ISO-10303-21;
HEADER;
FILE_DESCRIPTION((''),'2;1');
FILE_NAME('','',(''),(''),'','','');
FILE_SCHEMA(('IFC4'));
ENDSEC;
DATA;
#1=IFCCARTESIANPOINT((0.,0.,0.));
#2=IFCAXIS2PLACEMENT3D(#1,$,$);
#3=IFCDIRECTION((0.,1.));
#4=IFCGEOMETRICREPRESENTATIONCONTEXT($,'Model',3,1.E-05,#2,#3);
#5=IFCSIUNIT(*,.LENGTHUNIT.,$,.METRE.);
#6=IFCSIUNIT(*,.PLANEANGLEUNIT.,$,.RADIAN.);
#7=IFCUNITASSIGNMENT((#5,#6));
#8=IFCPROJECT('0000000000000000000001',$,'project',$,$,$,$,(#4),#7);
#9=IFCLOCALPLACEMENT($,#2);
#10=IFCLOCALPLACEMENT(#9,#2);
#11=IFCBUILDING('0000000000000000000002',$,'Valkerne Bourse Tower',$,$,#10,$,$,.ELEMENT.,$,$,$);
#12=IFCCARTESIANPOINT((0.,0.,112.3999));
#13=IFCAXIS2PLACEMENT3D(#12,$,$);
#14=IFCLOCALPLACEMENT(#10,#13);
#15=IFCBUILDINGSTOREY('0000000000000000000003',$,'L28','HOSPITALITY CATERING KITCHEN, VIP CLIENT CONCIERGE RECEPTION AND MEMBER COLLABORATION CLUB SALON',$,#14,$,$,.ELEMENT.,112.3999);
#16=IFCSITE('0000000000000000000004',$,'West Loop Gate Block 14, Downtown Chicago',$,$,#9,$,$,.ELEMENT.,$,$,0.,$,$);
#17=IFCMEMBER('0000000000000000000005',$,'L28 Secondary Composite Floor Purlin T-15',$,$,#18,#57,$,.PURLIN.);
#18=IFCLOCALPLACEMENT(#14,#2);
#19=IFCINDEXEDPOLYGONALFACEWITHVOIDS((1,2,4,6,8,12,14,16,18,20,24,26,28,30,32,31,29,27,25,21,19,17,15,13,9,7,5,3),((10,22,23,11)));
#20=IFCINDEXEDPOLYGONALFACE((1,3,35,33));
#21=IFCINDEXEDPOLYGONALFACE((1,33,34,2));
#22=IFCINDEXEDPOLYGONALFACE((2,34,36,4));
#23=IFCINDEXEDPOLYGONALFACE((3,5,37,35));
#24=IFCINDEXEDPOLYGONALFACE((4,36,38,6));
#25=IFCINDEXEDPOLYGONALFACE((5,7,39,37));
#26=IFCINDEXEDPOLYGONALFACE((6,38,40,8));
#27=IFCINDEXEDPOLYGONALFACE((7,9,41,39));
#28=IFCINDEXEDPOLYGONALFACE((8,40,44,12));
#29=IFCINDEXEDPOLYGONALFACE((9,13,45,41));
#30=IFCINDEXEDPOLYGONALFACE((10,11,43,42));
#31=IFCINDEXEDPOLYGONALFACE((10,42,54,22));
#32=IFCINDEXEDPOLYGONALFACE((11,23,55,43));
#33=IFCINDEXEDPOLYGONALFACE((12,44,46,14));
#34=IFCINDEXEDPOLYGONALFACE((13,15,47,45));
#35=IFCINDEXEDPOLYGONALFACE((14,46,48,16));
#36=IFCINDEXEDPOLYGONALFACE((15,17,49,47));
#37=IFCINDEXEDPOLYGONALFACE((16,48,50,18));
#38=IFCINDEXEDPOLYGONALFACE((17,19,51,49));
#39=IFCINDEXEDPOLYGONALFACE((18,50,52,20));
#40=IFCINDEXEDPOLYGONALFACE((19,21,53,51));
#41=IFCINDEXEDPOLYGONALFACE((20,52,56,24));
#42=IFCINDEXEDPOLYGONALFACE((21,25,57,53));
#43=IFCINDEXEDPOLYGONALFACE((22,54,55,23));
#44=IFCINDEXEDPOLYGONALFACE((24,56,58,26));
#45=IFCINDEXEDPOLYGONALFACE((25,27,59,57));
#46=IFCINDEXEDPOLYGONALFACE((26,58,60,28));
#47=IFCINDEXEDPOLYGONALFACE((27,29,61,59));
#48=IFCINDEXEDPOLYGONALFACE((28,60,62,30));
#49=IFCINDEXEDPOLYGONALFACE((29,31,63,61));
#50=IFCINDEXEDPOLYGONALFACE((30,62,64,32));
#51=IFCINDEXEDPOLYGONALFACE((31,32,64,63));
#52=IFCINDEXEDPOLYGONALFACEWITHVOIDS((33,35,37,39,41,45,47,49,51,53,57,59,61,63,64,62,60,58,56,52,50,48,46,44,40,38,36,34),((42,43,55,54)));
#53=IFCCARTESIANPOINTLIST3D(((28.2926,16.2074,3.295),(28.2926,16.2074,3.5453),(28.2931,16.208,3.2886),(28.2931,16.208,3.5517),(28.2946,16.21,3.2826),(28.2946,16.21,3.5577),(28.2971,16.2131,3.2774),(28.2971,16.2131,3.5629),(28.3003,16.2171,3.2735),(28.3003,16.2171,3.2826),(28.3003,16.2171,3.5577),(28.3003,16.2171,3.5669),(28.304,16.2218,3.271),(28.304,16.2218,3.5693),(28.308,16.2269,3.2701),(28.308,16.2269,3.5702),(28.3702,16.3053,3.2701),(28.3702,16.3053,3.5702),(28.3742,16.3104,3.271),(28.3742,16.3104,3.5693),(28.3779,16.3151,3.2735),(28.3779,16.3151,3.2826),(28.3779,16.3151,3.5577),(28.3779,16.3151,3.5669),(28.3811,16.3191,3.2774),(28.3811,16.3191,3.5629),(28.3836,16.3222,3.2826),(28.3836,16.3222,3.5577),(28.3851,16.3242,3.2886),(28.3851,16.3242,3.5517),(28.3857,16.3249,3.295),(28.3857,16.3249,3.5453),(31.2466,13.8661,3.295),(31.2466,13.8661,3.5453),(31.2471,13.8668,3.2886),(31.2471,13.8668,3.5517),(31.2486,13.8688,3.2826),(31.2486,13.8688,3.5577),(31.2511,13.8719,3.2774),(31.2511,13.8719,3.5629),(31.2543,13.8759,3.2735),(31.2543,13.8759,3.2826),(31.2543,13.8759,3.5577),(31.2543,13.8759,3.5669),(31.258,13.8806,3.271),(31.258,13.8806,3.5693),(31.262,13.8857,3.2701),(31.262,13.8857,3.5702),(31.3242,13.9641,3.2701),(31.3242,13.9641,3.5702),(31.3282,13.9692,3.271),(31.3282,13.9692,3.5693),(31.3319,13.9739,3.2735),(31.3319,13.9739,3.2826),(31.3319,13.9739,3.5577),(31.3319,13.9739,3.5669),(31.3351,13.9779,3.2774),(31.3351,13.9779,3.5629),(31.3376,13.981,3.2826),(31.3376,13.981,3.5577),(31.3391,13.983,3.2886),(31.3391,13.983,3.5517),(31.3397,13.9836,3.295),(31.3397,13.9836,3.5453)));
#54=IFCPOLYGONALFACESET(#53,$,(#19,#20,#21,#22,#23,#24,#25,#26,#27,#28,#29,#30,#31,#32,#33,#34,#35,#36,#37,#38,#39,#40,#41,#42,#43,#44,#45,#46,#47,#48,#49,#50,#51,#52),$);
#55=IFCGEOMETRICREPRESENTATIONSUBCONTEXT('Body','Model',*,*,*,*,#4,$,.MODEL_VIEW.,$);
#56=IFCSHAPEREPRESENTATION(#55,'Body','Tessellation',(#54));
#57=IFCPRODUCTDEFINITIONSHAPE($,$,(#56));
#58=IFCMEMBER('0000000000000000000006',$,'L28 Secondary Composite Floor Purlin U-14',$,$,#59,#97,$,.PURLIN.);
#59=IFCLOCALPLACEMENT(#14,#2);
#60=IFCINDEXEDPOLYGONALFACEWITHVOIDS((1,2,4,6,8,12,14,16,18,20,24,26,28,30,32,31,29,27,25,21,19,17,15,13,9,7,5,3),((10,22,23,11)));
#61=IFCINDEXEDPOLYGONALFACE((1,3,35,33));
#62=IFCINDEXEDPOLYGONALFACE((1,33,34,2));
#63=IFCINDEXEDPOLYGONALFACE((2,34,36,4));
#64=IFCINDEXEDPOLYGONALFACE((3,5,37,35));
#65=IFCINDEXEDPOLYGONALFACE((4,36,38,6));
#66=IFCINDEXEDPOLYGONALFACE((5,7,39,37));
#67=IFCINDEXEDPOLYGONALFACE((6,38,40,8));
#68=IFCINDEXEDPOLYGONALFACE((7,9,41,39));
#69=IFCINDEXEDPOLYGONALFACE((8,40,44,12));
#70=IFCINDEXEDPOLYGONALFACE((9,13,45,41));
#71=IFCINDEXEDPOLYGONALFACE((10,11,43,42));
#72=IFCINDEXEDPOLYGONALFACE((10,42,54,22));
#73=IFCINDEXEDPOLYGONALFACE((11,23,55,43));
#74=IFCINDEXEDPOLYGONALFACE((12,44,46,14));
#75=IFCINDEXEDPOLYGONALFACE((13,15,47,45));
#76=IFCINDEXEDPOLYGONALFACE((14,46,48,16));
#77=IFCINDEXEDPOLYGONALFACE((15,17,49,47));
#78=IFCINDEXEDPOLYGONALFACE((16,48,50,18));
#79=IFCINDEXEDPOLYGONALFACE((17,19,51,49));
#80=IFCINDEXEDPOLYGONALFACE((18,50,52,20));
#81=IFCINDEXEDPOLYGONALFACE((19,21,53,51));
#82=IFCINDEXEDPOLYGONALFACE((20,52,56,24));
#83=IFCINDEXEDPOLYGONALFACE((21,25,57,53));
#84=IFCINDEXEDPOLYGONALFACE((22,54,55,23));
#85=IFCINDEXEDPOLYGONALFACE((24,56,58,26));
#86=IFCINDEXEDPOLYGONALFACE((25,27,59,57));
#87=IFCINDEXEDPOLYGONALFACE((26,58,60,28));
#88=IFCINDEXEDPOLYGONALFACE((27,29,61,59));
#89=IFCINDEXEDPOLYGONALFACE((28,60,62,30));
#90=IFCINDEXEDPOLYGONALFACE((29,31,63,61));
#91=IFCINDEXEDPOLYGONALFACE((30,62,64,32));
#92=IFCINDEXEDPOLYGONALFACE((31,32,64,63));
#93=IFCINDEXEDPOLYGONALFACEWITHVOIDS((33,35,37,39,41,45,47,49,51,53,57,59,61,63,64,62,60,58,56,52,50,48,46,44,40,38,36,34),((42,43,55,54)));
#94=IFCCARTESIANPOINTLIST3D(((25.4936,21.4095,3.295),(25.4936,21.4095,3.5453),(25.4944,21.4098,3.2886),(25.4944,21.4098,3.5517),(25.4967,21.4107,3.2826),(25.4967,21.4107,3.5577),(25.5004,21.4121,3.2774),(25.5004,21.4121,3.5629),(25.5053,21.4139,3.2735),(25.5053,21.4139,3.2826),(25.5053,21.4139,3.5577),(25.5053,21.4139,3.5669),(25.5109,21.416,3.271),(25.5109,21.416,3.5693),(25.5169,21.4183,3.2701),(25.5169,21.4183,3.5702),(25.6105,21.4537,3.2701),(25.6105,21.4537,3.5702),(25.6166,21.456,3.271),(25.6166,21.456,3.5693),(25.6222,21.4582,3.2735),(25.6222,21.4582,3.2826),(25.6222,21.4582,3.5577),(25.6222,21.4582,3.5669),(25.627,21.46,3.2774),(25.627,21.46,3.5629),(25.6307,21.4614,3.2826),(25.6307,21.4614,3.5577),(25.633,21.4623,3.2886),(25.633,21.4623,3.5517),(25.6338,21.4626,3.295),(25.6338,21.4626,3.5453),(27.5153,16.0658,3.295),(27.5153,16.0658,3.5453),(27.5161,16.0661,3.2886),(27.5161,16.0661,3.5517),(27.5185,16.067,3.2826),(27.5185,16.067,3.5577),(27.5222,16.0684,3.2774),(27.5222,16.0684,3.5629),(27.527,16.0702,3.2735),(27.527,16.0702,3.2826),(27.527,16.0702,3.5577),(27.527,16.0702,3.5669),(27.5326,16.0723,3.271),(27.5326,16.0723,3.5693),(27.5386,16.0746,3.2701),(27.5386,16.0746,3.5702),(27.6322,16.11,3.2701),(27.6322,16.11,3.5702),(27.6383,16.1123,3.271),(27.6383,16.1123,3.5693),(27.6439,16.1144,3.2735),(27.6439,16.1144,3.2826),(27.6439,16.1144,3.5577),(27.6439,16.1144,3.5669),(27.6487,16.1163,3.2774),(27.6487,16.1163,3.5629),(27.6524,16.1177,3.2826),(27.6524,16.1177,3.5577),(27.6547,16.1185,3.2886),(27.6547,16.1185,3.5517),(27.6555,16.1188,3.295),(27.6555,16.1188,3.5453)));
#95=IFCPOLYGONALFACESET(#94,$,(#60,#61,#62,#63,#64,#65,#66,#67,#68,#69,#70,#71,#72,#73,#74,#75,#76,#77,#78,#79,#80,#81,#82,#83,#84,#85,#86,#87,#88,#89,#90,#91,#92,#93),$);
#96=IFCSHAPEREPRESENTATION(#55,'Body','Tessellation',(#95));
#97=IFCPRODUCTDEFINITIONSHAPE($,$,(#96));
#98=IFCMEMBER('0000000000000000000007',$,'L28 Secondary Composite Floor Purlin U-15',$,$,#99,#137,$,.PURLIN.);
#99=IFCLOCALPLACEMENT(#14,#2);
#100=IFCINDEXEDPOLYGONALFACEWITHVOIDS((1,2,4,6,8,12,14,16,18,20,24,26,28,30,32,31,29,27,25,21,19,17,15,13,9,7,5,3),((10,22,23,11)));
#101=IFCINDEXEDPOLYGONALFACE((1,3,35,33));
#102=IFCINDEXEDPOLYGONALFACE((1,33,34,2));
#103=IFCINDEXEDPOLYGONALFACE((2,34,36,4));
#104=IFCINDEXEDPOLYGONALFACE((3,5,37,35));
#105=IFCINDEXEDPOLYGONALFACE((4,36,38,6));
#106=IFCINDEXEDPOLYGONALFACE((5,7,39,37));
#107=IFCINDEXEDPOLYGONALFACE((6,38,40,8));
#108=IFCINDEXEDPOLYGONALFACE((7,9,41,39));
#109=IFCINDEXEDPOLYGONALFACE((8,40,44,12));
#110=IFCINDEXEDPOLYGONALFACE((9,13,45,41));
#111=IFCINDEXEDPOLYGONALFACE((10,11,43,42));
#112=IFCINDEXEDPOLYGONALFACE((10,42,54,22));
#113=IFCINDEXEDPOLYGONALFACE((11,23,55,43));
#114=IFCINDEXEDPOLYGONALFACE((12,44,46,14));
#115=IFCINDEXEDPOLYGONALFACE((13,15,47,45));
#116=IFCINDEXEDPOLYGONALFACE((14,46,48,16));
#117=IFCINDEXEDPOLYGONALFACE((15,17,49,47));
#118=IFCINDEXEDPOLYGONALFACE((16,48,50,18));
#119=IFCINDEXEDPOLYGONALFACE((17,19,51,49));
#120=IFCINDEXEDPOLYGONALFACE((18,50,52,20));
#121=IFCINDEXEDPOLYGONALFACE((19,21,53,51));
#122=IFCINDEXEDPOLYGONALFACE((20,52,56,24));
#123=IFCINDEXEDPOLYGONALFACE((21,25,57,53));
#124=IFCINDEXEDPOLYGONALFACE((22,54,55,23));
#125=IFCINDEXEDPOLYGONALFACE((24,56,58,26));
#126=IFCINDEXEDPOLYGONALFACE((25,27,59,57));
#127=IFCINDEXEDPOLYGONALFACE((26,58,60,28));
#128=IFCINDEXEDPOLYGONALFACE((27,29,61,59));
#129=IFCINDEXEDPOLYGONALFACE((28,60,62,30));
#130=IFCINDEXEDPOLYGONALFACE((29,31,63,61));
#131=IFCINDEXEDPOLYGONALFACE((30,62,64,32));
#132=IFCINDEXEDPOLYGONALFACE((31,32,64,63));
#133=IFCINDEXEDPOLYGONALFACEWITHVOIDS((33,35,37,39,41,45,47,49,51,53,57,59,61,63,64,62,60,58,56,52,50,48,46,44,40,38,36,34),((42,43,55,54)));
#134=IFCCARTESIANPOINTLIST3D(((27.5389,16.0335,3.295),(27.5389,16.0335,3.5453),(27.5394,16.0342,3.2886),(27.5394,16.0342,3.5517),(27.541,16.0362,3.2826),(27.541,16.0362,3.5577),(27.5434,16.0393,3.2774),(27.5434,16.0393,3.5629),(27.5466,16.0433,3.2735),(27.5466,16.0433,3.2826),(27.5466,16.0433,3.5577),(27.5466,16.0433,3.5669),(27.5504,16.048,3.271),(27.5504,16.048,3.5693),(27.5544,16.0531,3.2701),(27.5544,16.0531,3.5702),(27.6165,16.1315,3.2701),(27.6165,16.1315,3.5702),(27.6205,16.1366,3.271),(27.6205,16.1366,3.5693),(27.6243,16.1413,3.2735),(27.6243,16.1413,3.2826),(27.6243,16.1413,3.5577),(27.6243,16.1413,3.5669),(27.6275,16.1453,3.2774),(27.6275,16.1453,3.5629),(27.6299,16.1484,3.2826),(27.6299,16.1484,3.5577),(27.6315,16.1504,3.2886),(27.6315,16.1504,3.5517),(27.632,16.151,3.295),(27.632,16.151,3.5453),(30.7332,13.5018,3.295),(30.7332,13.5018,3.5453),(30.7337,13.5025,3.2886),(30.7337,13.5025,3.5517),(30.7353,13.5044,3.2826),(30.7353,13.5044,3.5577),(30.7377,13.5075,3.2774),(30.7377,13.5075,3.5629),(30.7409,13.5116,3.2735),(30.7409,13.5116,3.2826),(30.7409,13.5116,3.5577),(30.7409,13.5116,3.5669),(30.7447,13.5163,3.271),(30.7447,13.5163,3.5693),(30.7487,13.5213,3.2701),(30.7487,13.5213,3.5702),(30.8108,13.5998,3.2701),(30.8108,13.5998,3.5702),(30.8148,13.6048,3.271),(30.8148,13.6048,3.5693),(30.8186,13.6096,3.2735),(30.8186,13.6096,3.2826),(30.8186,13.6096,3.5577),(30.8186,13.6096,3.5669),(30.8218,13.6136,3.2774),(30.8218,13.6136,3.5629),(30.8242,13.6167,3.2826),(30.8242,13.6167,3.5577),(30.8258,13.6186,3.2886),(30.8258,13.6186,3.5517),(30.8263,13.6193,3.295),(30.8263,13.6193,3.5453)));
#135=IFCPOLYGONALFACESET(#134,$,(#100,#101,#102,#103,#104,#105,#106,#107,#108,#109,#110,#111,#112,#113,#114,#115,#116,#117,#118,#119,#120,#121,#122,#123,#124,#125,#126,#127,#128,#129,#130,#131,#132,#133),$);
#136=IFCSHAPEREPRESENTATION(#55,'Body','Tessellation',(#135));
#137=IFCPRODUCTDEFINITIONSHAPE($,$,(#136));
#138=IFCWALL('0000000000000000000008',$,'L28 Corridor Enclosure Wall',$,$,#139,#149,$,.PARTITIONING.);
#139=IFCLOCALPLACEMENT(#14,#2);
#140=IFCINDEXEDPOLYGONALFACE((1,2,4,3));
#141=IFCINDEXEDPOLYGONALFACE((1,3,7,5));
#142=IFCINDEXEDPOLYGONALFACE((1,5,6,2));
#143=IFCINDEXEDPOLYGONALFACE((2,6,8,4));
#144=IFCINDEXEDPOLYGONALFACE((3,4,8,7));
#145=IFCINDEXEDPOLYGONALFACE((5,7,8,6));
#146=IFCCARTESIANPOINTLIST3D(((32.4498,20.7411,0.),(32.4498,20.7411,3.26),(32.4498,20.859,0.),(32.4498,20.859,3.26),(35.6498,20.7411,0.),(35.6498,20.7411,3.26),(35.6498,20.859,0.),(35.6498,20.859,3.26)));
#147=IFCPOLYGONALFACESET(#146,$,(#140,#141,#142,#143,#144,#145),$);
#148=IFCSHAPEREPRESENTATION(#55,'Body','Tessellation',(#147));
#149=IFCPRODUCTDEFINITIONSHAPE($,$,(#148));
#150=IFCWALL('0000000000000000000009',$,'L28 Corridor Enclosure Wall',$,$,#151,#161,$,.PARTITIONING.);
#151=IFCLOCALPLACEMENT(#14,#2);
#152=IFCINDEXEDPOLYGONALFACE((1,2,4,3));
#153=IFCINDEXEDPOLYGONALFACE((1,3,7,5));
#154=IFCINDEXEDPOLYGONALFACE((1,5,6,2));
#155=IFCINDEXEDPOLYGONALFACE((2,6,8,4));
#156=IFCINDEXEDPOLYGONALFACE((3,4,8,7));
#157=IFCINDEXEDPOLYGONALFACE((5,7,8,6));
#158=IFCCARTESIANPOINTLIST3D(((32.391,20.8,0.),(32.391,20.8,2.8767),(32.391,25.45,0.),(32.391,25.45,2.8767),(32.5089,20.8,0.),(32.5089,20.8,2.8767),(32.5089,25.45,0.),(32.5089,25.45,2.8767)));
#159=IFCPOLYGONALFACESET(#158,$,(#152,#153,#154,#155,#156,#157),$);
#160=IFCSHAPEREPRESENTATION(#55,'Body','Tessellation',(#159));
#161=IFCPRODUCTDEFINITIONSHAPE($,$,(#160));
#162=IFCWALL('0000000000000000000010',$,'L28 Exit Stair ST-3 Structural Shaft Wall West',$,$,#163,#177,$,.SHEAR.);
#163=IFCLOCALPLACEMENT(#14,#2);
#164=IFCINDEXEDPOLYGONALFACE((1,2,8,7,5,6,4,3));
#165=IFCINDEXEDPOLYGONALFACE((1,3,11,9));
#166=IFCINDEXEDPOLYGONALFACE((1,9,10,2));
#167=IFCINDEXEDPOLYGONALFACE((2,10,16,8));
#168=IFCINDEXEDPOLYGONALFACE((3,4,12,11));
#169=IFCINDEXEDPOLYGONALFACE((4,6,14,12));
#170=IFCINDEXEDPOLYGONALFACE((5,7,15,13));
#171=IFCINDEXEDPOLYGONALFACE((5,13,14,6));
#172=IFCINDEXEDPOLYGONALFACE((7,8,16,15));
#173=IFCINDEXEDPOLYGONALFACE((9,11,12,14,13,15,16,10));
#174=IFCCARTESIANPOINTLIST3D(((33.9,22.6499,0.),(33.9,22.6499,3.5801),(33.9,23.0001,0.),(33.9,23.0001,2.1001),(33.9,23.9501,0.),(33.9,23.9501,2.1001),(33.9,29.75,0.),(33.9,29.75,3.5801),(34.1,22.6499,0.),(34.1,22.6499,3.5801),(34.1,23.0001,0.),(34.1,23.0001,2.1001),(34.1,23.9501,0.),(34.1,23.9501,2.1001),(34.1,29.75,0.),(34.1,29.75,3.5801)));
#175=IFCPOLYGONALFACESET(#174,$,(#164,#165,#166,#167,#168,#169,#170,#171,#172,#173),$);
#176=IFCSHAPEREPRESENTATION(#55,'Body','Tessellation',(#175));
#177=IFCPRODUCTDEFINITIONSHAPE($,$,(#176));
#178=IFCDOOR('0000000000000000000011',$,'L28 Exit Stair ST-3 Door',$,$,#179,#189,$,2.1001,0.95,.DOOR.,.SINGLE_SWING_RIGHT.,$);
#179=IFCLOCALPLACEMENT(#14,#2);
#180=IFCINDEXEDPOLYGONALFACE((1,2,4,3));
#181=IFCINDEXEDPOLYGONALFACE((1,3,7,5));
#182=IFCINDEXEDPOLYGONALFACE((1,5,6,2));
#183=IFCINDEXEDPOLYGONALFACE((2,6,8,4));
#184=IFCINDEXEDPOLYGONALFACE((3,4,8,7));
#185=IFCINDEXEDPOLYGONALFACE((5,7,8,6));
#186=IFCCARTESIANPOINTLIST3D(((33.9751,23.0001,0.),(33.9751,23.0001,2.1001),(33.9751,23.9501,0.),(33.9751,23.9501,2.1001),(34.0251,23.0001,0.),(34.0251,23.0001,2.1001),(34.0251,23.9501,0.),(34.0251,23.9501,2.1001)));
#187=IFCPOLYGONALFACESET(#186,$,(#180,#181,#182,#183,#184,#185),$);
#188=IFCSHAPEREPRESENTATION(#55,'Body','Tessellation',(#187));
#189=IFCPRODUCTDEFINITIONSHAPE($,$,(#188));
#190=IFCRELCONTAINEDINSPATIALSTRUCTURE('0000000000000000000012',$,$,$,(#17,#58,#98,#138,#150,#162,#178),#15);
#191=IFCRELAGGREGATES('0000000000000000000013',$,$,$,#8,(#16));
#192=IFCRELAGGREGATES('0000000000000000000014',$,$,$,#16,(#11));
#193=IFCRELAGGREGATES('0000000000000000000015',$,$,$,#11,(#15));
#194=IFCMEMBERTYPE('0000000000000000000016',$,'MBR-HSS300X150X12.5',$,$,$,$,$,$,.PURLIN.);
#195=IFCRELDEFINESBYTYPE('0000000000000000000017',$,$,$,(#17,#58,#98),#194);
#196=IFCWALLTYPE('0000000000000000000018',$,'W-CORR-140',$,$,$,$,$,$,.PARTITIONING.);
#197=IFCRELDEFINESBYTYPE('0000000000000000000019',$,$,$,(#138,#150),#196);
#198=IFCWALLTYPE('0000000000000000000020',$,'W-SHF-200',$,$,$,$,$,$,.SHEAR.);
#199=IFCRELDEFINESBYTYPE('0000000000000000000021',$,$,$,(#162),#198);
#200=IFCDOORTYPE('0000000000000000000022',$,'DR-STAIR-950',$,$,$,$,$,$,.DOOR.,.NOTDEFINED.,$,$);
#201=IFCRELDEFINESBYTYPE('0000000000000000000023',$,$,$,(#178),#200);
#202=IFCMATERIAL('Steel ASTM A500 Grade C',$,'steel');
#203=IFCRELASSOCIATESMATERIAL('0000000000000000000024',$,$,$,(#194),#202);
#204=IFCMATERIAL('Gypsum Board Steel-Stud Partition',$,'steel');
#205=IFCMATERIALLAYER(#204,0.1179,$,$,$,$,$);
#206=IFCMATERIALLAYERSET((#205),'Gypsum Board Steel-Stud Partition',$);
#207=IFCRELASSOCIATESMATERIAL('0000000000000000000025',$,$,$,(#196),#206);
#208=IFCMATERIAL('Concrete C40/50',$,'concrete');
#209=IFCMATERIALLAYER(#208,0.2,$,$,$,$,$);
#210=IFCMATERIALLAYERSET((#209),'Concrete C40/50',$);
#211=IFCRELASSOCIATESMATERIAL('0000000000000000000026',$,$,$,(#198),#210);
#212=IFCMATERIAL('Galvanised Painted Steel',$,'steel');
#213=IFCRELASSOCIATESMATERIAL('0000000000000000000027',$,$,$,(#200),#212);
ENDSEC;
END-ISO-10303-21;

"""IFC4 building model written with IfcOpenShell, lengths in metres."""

from ifc_helpers import new_model, si_unit, direction, frame, frame_2d, origin, origin_2d, place, context, subcontext, project, spatial, rectangle, hollow_rectangle, extrude, material, layer, layer_set, material_profile, profile_set, type_object, element, fill, save


model = new_model("IFC4")

# Units and contexts
model_context = context("Model", 3, precision=1e-05, world=origin(), true_north=direction((0.0, 1.0)))
body_context = subcontext(model_context, "Body", "Model", "MODEL_VIEW")
ifc_project = project(units=[si_unit("LENGTHUNIT", "METRE"), si_unit("PLANEANGLEUNIT", "RADIAN")], contexts=[model_context])

# Site, building, storey
site_placement = place(None, origin())
site = spatial("IfcSite", under=ifc_project, at=site_placement, Name="West Loop Gate Block 14, Downtown Chicago", CompositionType="ELEMENT", RefElevation=0.0)
building_placement = place(site_placement, origin())
building = spatial("IfcBuilding", under=site, at=building_placement, Name="Valkerne Bourse Tower", CompositionType="ELEMENT")
storey_placement = place(building_placement, frame((0.0, 0.0, 112.3999)))
storey = spatial("IfcBuildingStorey", under=building, at=storey_placement, Name="L28", Description="HOSPITALITY CATERING KITCHEN, VIP CLIENT CONCIERGE RECEPTION AND MEMBER COLLABORATION CLUB SALON", CompositionType="ELEMENT", Elevation=112.3999)

# Members
ifc_material_1 = material(Name="Steel ASTM A500 Grade C", Category="steel")
ifc_material_profile_1 = material_profile(ifc_material_1, hollow_rectangle(XDim=0.1499, YDim=0.3, WallThickness=0.0125, OuterFilletRadius=0.0249, at=origin_2d()), Name="HSS300X150X12.5")
ifc_profile_set_1 = profile_set([ifc_material_profile_1], Name="Steel ASTM A500 Grade C")
member_type_1 = type_object("IfcMemberType", Name="MBR-HSS300X150X12.5", PredefinedType="PURLIN", material=ifc_profile_set_1)
member_1_placement = place(storey_placement, frame((28.3391, 16.2661, 3.4202), z_axis=(0.783704, -0.621134, 0.0), x_axis=(0.621134, 0.783704, 0.0)))
element("IfcMember", 1, at=member_1_placement, inside=storey, type_object=member_type_1, Name="L28 Secondary Composite Floor Purlin T-15", PredefinedType="PURLIN", context=body_context, shape_type="SweptSolid", body=[
    extrude(hollow_rectangle(XDim=0.1499, YDim=0.3, WallThickness=0.0125, OuterFilletRadius=0.0249, at=origin_2d()), origin(), (0.0, 0.0, 1.0), 3.7693),
])
member_2_placement = place(storey_placement, frame((25.5637, 21.436, 3.4202), z_axis=(0.353857, -0.9353, 0.0), x_axis=(0.9353, 0.353857, 0.0)))
element("IfcMember", 2, at=member_2_placement, inside=storey, type_object=member_type_1, Name="L28 Secondary Composite Floor Purlin U-14", PredefinedType="PURLIN", context=body_context, shape_type="SweptSolid", body=[
    extrude(hollow_rectangle(XDim=0.1499, YDim=0.3, WallThickness=0.0125, OuterFilletRadius=0.0249, at=origin_2d()), origin(), (0.0, 0.0, 1.0), 5.7134),
])
member_3_placement = place(storey_placement, frame((27.5854, 16.0923, 3.4202), z_axis=(0.783701, -0.621139, 0.0), x_axis=(0.621139, 0.783701, 0.0)))
element("IfcMember", 3, at=member_3_placement, inside=storey, type_object=member_type_1, Name="L28 Secondary Composite Floor Purlin U-15", PredefinedType="PURLIN", context=body_context, shape_type="SweptSolid", body=[
    extrude(hollow_rectangle(XDim=0.1499, YDim=0.3, WallThickness=0.0125, OuterFilletRadius=0.0249, at=origin_2d()), origin(), (0.0, 0.0, 1.0), 4.0759),
])

# Shared definitions
ifc_material_2 = material(Name="Galvanised Painted Steel", Category="steel")

# Walls
ifc_material_3 = material(Name="Gypsum Board Steel-Stud Partition", Category="steel")
ifc_layer_1 = layer(ifc_material_3, 0.1179)
ifc_layer_set_1 = layer_set([ifc_layer_1], Name="Gypsum Board Steel-Stud Partition")
wall_type_1 = type_object("IfcWallType", Name="W-CORR-140", PredefinedType="PARTITIONING", material=ifc_layer_set_1)
wall_1_placement = place(storey_placement, frame((35.6499, 20.8, 0.0), z_axis=(0.0, 0.0, 1.0), x_axis=(-1.0, 0.0, 0.0)))
element("IfcWall", 4, at=wall_1_placement, inside=storey, type_object=wall_type_1, Name="L28 Corridor Enclosure Wall", PredefinedType="PARTITIONING", context=body_context, shape_type="SweptSolid", body=[
    extrude(rectangle(XDim=3.2, YDim=0.1179, at=frame_2d((1.6001, 0.0))), origin(), (0.0, 0.0, 1.0), 3.26),
])
wall_2_placement = place(storey_placement, frame((32.45, 20.8, 0.0), z_axis=(0.0, 0.0, 1.0), x_axis=(0.0, 1.0, 0.0)))
element("IfcWall", 5, at=wall_2_placement, inside=storey, type_object=wall_type_1, Name="L28 Corridor Enclosure Wall", PredefinedType="PARTITIONING", context=body_context, shape_type="SweptSolid", body=[
    extrude(rectangle(XDim=4.6499, YDim=0.1179, at=frame_2d((2.325, 0.0))), origin(), (0.0, 0.0, 1.0), 2.8767),
])

# Wall, opening, door
ifc_material_4 = material(Name="Concrete C40/50", Category="concrete")
ifc_layer_2 = layer(ifc_material_4, 0.2)
ifc_layer_set_2 = layer_set([ifc_layer_2], Name="Concrete C40/50")
wall_type_2 = type_object("IfcWallType", Name="W-SHF-200", PredefinedType="SHEAR", material=ifc_layer_set_2)
wall_3_placement = place(storey_placement, frame((34.0, 22.6499, 0.0), z_axis=(0.0, 0.0, 1.0), x_axis=(0.0, 1.0, 0.0)))
wall_3 = element("IfcWall", 6, at=wall_3_placement, inside=storey, type_object=wall_type_2, Name="L28 Exit Stair ST-3 Structural Shaft Wall West", PredefinedType="SHEAR", context=body_context, shape_type="SweptSolid", body=[
    extrude(rectangle(XDim=7.1001, YDim=0.2, at=frame_2d((3.55, 0.0))), origin(), (0.0, 0.0, 1.0), 3.5801),
])
opening_1_placement = place(wall_3_placement, frame((0.3501, 0.0, 0.0)))
opening_1 = element("IfcOpeningElement", 7, at=opening_1_placement, cuts=wall_3, PredefinedType="OPENING", context=body_context, shape_type="SweptSolid", body=[
    extrude(rectangle(XDim=0.95, YDim=2.1001, at=frame_2d((0.4751, 1.05))), frame((0.0, 0.1099, 0.0), z_axis=(0.0, -1.0, 0.0), x_axis=(1.0, 0.0, 0.0)), (0.0, 0.0, 1.0), 0.22),
])
door_type_1 = type_object("IfcDoorType", Name="DR-STAIR-950", OperationType="NOTDEFINED", PredefinedType="DOOR", material=ifc_material_2)
door_1_placement = place(opening_1_placement, origin())
door_1 = element("IfcDoor", 8, at=door_1_placement, inside=storey, type_object=door_type_1, Name="L28 Exit Stair ST-3 Door", OperationType="SINGLE_SWING_RIGHT", OverallHeight=2.1001, OverallWidth=0.95, PredefinedType="DOOR", context=body_context, shape_type="SweptSolid", body=[
    extrude(rectangle(XDim=0.95, YDim=2.1001, at=frame_2d((0.4751, 1.05))), frame((0.0, 0.0249, 0.0), z_axis=(0.0, -1.0, 0.0), x_axis=(1.0, 0.0, 0.0)), (0.0, 0.0, 1.0), 0.05),
])
fill(opening_1, door_1)

save(model, "model.ifc")
